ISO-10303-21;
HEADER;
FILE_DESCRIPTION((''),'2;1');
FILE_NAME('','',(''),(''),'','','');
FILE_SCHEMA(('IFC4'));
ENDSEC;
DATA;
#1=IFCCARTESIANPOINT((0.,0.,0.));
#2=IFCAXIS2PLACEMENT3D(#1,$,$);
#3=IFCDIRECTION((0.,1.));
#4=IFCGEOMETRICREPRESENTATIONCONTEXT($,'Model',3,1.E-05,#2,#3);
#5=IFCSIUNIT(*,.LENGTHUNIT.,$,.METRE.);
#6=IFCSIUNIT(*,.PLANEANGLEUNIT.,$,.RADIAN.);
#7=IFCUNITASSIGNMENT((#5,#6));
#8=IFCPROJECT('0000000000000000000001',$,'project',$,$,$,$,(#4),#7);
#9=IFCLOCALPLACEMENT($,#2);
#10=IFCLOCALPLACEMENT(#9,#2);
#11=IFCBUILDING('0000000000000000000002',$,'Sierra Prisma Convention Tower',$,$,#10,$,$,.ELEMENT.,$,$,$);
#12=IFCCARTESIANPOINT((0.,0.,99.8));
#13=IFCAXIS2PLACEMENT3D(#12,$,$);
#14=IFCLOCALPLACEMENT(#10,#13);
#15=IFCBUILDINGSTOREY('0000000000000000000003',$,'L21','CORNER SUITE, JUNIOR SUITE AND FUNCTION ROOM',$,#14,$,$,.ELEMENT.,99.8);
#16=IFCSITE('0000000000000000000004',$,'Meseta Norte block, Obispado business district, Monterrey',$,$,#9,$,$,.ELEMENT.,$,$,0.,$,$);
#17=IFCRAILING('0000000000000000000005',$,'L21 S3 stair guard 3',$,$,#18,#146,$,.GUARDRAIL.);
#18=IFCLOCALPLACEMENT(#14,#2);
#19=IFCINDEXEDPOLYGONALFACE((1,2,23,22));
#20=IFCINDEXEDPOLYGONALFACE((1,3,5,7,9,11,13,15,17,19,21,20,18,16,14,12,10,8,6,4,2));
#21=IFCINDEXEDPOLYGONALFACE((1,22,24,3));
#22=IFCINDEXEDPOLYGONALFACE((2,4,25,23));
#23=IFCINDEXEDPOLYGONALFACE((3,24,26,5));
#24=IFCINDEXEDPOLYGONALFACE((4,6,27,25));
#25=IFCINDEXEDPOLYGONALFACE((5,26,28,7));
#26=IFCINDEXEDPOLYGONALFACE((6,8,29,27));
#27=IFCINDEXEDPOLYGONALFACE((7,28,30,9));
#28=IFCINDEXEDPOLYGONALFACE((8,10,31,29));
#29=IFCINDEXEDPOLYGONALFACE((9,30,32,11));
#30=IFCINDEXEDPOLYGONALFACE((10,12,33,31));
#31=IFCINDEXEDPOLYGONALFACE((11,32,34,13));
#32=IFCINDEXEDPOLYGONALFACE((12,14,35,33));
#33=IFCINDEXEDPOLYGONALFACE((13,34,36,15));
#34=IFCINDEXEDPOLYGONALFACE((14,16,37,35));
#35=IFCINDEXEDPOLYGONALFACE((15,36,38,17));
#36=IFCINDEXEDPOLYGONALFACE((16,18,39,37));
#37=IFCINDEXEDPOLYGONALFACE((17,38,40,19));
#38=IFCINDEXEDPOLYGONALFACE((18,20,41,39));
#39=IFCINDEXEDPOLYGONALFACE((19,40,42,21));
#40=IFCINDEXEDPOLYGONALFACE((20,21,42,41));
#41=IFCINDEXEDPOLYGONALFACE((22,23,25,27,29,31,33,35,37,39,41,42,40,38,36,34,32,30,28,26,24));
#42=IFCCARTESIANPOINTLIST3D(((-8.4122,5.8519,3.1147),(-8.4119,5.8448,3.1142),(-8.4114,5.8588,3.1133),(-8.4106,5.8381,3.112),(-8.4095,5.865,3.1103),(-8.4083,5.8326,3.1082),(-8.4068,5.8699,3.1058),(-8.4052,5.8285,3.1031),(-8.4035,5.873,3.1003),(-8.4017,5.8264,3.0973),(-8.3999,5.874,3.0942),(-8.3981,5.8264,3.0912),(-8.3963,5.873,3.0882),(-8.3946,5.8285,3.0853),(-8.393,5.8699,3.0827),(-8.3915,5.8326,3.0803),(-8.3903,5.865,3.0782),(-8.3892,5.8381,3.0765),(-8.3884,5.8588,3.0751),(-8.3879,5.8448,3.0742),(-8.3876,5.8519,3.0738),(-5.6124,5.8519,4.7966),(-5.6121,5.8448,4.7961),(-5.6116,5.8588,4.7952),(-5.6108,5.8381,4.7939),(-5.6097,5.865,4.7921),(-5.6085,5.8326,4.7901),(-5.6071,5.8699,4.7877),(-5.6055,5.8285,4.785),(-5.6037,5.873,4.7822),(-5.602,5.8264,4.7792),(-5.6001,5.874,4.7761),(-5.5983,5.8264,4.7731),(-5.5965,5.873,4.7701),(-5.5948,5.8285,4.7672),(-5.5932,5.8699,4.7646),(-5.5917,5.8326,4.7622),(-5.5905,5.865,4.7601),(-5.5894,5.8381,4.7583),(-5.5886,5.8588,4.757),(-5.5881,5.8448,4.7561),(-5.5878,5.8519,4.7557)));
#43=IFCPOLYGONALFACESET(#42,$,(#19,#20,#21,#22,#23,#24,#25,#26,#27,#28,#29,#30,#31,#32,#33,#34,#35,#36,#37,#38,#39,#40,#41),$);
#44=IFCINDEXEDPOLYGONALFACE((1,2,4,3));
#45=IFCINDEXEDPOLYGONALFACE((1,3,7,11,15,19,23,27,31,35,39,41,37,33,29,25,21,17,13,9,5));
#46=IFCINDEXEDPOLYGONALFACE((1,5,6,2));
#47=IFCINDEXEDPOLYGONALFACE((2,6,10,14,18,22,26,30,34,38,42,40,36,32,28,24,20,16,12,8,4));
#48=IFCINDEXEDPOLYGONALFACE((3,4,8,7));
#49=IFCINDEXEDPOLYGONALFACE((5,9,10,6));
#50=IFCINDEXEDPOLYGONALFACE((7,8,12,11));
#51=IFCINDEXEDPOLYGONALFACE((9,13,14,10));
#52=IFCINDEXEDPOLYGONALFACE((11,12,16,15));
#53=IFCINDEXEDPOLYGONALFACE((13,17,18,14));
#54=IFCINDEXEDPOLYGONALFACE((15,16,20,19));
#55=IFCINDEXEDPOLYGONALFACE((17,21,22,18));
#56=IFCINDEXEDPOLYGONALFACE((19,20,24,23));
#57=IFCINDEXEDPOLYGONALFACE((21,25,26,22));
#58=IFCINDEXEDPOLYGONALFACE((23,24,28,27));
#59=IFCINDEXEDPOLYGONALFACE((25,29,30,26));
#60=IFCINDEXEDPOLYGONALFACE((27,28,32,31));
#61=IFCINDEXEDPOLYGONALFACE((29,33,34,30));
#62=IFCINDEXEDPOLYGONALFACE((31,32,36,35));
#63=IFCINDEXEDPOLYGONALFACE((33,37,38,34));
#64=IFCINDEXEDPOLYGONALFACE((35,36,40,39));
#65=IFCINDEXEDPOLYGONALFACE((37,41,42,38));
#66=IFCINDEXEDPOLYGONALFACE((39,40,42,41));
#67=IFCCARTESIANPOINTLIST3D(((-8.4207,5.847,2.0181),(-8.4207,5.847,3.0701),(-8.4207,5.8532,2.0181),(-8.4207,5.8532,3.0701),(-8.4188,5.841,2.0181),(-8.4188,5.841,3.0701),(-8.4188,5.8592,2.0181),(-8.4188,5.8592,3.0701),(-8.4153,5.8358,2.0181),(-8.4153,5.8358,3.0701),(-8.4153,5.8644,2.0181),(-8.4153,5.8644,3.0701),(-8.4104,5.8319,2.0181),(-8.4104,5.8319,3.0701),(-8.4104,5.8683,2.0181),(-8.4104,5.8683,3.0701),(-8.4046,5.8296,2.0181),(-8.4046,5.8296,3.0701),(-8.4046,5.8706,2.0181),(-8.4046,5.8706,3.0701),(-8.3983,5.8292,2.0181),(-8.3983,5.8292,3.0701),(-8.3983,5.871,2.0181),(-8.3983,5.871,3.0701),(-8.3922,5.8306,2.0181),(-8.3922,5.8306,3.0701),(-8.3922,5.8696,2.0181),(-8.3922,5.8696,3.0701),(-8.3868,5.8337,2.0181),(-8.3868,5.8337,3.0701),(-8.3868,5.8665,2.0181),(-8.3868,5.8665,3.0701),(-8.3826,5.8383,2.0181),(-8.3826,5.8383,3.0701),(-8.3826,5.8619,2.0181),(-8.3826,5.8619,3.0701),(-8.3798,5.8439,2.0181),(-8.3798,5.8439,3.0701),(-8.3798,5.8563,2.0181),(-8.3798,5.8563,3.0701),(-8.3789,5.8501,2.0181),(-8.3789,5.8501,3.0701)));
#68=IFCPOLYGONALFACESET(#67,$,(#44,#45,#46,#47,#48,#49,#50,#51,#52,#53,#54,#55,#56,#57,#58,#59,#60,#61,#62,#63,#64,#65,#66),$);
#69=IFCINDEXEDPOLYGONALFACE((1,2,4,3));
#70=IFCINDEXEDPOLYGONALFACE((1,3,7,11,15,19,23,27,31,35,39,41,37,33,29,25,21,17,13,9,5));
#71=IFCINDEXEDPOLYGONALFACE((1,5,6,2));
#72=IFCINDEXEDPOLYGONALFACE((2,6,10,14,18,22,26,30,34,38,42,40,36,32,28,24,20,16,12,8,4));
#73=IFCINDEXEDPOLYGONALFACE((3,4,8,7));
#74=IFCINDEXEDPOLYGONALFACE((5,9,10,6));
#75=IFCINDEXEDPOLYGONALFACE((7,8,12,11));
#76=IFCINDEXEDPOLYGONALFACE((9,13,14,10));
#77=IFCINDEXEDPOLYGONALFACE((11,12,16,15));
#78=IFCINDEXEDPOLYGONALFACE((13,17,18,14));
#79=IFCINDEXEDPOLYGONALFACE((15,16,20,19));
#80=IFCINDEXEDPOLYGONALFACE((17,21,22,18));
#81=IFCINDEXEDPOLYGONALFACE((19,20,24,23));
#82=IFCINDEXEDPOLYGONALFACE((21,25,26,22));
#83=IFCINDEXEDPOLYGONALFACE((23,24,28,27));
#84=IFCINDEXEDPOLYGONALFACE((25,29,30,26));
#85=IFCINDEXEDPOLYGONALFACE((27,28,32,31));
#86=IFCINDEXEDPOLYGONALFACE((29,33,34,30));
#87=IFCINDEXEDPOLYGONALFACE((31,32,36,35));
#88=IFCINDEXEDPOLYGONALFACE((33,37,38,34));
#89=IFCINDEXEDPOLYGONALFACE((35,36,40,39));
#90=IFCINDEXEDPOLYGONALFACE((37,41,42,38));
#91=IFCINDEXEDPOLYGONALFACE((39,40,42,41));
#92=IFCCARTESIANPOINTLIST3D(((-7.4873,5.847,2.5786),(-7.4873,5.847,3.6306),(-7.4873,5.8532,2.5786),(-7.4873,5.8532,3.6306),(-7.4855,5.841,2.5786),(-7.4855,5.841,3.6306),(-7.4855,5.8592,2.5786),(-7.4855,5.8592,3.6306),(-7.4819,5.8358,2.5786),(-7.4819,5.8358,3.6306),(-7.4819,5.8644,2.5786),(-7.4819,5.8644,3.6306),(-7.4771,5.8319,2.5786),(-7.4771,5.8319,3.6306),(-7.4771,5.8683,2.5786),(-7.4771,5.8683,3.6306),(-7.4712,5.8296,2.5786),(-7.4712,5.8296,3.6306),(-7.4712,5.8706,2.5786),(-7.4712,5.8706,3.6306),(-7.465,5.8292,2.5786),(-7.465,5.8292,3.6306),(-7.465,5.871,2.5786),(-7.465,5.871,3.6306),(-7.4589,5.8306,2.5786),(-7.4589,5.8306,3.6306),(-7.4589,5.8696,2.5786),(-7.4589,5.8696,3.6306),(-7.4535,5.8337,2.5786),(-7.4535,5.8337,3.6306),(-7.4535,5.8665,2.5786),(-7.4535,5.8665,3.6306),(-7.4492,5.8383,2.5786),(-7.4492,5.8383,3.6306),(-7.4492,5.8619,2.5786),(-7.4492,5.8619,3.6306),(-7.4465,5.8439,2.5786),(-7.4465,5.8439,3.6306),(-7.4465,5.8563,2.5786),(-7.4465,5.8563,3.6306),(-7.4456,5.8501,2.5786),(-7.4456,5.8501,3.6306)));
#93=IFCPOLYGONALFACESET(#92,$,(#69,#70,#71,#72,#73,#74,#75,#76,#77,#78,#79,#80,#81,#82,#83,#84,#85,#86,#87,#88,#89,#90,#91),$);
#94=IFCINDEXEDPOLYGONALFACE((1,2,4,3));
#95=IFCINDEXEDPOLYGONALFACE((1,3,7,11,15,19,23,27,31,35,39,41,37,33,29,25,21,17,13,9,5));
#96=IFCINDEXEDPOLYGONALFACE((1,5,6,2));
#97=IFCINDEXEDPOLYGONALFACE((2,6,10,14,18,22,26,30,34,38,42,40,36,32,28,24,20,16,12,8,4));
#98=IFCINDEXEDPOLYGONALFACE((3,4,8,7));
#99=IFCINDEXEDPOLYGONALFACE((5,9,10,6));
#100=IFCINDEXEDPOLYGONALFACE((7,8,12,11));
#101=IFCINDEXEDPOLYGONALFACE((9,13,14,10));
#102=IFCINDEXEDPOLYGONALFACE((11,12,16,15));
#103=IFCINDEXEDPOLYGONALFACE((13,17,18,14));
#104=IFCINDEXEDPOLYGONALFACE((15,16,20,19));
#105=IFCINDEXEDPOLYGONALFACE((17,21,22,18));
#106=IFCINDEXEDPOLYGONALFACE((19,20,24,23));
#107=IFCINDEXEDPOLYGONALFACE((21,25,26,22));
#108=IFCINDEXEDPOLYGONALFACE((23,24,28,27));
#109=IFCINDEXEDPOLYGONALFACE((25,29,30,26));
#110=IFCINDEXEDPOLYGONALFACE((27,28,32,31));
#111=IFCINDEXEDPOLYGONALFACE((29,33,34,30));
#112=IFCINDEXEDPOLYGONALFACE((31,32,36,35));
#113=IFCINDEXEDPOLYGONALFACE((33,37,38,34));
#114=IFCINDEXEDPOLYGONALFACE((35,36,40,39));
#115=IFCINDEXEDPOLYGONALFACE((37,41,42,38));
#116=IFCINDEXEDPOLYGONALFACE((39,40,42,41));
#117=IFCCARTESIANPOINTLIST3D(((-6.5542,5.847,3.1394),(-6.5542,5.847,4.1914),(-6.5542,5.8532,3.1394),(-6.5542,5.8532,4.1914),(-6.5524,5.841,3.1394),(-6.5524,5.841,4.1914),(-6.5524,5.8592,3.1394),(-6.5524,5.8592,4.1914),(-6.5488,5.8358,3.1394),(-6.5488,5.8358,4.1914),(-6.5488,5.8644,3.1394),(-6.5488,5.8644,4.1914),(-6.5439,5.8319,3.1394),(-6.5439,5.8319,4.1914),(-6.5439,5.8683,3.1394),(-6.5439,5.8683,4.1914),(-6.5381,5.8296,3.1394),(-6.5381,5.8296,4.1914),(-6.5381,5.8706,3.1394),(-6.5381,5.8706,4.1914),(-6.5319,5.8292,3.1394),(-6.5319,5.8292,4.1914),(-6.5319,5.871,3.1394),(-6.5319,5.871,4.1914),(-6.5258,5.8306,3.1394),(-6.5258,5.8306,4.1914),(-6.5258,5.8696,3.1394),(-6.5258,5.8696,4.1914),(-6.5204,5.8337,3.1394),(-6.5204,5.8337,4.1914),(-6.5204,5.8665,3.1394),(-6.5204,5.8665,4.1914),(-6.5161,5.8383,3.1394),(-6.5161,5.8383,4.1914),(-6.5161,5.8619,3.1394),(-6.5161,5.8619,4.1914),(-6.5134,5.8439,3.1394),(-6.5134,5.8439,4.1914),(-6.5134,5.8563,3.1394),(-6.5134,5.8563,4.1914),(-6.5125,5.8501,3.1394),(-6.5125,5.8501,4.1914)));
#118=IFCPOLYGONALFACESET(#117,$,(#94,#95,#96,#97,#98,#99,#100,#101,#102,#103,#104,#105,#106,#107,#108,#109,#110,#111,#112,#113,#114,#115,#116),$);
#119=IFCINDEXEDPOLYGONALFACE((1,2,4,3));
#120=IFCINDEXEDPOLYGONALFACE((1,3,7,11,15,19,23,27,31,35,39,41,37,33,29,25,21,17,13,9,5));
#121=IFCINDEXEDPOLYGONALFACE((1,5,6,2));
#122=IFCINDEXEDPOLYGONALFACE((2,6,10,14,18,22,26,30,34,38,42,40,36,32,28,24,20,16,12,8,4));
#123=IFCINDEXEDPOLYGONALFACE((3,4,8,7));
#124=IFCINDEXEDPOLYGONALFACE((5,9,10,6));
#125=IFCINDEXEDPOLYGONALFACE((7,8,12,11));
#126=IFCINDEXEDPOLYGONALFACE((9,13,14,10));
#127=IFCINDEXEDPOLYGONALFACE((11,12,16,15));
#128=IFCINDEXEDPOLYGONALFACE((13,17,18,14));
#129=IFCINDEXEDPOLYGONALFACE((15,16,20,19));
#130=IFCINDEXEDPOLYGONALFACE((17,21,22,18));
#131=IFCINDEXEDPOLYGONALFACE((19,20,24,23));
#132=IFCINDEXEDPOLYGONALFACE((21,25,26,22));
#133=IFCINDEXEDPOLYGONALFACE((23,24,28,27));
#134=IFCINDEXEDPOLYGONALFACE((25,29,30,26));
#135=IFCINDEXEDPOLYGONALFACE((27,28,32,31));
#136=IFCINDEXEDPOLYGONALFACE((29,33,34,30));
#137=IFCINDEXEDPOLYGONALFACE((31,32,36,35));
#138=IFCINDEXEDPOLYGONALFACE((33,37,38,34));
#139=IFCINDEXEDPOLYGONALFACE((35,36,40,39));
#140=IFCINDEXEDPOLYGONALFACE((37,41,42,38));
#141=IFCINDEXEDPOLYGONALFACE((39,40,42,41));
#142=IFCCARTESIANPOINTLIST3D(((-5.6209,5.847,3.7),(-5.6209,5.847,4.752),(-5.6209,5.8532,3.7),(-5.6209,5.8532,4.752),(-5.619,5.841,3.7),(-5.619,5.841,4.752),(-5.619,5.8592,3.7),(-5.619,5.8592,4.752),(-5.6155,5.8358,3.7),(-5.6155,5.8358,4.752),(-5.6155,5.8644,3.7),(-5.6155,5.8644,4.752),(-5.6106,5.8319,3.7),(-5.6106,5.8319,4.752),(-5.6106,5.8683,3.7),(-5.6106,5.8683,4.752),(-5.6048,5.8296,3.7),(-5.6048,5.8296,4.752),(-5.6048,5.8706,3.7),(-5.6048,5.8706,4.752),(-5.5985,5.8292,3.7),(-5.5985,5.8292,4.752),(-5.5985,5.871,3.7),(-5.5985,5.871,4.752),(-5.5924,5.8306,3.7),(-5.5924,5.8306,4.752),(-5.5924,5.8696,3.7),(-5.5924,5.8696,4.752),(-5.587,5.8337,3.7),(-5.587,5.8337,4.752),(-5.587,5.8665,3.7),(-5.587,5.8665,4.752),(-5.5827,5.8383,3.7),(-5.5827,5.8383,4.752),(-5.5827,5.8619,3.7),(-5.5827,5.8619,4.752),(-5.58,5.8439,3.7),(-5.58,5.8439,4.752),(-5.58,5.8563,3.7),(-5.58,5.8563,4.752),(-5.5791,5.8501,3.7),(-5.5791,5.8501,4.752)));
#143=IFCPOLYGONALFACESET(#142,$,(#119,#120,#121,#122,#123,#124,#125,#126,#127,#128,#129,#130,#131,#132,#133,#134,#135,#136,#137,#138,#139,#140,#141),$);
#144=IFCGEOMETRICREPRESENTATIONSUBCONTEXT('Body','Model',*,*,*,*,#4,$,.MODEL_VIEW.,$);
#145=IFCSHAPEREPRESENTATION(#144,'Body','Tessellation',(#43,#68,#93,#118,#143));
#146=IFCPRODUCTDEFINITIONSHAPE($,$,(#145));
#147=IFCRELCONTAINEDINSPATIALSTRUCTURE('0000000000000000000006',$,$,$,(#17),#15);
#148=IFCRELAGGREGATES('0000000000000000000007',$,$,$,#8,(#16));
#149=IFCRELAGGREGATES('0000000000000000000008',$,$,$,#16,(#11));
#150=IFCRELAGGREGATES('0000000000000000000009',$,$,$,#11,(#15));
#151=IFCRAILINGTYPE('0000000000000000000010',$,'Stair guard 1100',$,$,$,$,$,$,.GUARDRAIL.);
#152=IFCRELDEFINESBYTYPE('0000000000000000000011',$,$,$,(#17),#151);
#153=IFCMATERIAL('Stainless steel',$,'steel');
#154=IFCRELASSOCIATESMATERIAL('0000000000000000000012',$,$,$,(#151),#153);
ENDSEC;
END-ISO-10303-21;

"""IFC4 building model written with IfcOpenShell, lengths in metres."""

from ifc_helpers import new_model, si_unit, direction, frame, origin, origin_2d, place, context, subcontext, project, spatial, circle, extrude, material, type_object, element, save


model = new_model("IFC4")

# Units and contexts
model_context = context("Model", 3, precision=1e-05, world=origin(), true_north=direction((0.0, 1.0)))
body_context = subcontext(model_context, "Body", "Model", "MODEL_VIEW")
ifc_project = project(units=[si_unit("LENGTHUNIT", "METRE"), si_unit("PLANEANGLEUNIT", "RADIAN")], contexts=[model_context])

# Site, building, storey
site_placement = place(None, origin())
site = spatial("IfcSite", under=ifc_project, at=site_placement, Name="Meseta Norte block, Obispado business district, Monterrey", CompositionType="ELEMENT", RefElevation=0.0)
building_placement = place(site_placement, origin())
building = spatial("IfcBuilding", under=site, at=building_placement, Name="Sierra Prisma Convention Tower", CompositionType="ELEMENT")
storey_placement = place(building_placement, frame((0.0, 0.0, 99.8)))
storey = spatial("IfcBuildingStorey", under=building, at=storey_placement, Name="L21", Description="CORNER SUITE, JUNIOR SUITE AND FUNCTION ROOM", CompositionType="ELEMENT", Elevation=99.8)

# Railing
ifc_material_1 = material(Name="Stainless steel", Category="steel")
railing_type_1 = type_object("IfcRailingType", Name="Stair guard 1100", PredefinedType="GUARDRAIL", material=ifc_material_1)
railing_1_placement = place(storey_placement, frame((-8.3999, 5.8501, 2.0181)))
element("IfcRailing", 1, at=railing_1_placement, inside=storey, type_object=railing_type_1, Name="L21 S3 stair guard 3", PredefinedType="GUARDRAIL", context=body_context, shape_type="SweptSolid", body=[
    extrude(circle(Radius=0.0239, at=origin_2d()), frame((0.0, 0.0, 1.0762), z_axis=(0.857222, 0.0, 0.514946), x_axis=(0.0, 1.0, 0.0)), (0.0, 0.0, 1.0), 3.2661),
    extrude(circle(Radius=0.021, at=origin_2d()), origin(), (0.0, 0.0, 1.0), 1.052),
    extrude(circle(Radius=0.021, at=origin_2d()), frame((0.9333, 0.0, 0.5605)), (0.0, 0.0, 1.0), 1.052),
    extrude(circle(Radius=0.021, at=origin_2d()), frame((1.8665, 0.0, 1.1213)), (0.0, 0.0, 1.0), 1.052),
    extrude(circle(Radius=0.021, at=origin_2d()), frame((2.7998, 0.0, 1.6819)), (0.0, 0.0, 1.0), 1.052),
])

save(model, "model.ifc")
